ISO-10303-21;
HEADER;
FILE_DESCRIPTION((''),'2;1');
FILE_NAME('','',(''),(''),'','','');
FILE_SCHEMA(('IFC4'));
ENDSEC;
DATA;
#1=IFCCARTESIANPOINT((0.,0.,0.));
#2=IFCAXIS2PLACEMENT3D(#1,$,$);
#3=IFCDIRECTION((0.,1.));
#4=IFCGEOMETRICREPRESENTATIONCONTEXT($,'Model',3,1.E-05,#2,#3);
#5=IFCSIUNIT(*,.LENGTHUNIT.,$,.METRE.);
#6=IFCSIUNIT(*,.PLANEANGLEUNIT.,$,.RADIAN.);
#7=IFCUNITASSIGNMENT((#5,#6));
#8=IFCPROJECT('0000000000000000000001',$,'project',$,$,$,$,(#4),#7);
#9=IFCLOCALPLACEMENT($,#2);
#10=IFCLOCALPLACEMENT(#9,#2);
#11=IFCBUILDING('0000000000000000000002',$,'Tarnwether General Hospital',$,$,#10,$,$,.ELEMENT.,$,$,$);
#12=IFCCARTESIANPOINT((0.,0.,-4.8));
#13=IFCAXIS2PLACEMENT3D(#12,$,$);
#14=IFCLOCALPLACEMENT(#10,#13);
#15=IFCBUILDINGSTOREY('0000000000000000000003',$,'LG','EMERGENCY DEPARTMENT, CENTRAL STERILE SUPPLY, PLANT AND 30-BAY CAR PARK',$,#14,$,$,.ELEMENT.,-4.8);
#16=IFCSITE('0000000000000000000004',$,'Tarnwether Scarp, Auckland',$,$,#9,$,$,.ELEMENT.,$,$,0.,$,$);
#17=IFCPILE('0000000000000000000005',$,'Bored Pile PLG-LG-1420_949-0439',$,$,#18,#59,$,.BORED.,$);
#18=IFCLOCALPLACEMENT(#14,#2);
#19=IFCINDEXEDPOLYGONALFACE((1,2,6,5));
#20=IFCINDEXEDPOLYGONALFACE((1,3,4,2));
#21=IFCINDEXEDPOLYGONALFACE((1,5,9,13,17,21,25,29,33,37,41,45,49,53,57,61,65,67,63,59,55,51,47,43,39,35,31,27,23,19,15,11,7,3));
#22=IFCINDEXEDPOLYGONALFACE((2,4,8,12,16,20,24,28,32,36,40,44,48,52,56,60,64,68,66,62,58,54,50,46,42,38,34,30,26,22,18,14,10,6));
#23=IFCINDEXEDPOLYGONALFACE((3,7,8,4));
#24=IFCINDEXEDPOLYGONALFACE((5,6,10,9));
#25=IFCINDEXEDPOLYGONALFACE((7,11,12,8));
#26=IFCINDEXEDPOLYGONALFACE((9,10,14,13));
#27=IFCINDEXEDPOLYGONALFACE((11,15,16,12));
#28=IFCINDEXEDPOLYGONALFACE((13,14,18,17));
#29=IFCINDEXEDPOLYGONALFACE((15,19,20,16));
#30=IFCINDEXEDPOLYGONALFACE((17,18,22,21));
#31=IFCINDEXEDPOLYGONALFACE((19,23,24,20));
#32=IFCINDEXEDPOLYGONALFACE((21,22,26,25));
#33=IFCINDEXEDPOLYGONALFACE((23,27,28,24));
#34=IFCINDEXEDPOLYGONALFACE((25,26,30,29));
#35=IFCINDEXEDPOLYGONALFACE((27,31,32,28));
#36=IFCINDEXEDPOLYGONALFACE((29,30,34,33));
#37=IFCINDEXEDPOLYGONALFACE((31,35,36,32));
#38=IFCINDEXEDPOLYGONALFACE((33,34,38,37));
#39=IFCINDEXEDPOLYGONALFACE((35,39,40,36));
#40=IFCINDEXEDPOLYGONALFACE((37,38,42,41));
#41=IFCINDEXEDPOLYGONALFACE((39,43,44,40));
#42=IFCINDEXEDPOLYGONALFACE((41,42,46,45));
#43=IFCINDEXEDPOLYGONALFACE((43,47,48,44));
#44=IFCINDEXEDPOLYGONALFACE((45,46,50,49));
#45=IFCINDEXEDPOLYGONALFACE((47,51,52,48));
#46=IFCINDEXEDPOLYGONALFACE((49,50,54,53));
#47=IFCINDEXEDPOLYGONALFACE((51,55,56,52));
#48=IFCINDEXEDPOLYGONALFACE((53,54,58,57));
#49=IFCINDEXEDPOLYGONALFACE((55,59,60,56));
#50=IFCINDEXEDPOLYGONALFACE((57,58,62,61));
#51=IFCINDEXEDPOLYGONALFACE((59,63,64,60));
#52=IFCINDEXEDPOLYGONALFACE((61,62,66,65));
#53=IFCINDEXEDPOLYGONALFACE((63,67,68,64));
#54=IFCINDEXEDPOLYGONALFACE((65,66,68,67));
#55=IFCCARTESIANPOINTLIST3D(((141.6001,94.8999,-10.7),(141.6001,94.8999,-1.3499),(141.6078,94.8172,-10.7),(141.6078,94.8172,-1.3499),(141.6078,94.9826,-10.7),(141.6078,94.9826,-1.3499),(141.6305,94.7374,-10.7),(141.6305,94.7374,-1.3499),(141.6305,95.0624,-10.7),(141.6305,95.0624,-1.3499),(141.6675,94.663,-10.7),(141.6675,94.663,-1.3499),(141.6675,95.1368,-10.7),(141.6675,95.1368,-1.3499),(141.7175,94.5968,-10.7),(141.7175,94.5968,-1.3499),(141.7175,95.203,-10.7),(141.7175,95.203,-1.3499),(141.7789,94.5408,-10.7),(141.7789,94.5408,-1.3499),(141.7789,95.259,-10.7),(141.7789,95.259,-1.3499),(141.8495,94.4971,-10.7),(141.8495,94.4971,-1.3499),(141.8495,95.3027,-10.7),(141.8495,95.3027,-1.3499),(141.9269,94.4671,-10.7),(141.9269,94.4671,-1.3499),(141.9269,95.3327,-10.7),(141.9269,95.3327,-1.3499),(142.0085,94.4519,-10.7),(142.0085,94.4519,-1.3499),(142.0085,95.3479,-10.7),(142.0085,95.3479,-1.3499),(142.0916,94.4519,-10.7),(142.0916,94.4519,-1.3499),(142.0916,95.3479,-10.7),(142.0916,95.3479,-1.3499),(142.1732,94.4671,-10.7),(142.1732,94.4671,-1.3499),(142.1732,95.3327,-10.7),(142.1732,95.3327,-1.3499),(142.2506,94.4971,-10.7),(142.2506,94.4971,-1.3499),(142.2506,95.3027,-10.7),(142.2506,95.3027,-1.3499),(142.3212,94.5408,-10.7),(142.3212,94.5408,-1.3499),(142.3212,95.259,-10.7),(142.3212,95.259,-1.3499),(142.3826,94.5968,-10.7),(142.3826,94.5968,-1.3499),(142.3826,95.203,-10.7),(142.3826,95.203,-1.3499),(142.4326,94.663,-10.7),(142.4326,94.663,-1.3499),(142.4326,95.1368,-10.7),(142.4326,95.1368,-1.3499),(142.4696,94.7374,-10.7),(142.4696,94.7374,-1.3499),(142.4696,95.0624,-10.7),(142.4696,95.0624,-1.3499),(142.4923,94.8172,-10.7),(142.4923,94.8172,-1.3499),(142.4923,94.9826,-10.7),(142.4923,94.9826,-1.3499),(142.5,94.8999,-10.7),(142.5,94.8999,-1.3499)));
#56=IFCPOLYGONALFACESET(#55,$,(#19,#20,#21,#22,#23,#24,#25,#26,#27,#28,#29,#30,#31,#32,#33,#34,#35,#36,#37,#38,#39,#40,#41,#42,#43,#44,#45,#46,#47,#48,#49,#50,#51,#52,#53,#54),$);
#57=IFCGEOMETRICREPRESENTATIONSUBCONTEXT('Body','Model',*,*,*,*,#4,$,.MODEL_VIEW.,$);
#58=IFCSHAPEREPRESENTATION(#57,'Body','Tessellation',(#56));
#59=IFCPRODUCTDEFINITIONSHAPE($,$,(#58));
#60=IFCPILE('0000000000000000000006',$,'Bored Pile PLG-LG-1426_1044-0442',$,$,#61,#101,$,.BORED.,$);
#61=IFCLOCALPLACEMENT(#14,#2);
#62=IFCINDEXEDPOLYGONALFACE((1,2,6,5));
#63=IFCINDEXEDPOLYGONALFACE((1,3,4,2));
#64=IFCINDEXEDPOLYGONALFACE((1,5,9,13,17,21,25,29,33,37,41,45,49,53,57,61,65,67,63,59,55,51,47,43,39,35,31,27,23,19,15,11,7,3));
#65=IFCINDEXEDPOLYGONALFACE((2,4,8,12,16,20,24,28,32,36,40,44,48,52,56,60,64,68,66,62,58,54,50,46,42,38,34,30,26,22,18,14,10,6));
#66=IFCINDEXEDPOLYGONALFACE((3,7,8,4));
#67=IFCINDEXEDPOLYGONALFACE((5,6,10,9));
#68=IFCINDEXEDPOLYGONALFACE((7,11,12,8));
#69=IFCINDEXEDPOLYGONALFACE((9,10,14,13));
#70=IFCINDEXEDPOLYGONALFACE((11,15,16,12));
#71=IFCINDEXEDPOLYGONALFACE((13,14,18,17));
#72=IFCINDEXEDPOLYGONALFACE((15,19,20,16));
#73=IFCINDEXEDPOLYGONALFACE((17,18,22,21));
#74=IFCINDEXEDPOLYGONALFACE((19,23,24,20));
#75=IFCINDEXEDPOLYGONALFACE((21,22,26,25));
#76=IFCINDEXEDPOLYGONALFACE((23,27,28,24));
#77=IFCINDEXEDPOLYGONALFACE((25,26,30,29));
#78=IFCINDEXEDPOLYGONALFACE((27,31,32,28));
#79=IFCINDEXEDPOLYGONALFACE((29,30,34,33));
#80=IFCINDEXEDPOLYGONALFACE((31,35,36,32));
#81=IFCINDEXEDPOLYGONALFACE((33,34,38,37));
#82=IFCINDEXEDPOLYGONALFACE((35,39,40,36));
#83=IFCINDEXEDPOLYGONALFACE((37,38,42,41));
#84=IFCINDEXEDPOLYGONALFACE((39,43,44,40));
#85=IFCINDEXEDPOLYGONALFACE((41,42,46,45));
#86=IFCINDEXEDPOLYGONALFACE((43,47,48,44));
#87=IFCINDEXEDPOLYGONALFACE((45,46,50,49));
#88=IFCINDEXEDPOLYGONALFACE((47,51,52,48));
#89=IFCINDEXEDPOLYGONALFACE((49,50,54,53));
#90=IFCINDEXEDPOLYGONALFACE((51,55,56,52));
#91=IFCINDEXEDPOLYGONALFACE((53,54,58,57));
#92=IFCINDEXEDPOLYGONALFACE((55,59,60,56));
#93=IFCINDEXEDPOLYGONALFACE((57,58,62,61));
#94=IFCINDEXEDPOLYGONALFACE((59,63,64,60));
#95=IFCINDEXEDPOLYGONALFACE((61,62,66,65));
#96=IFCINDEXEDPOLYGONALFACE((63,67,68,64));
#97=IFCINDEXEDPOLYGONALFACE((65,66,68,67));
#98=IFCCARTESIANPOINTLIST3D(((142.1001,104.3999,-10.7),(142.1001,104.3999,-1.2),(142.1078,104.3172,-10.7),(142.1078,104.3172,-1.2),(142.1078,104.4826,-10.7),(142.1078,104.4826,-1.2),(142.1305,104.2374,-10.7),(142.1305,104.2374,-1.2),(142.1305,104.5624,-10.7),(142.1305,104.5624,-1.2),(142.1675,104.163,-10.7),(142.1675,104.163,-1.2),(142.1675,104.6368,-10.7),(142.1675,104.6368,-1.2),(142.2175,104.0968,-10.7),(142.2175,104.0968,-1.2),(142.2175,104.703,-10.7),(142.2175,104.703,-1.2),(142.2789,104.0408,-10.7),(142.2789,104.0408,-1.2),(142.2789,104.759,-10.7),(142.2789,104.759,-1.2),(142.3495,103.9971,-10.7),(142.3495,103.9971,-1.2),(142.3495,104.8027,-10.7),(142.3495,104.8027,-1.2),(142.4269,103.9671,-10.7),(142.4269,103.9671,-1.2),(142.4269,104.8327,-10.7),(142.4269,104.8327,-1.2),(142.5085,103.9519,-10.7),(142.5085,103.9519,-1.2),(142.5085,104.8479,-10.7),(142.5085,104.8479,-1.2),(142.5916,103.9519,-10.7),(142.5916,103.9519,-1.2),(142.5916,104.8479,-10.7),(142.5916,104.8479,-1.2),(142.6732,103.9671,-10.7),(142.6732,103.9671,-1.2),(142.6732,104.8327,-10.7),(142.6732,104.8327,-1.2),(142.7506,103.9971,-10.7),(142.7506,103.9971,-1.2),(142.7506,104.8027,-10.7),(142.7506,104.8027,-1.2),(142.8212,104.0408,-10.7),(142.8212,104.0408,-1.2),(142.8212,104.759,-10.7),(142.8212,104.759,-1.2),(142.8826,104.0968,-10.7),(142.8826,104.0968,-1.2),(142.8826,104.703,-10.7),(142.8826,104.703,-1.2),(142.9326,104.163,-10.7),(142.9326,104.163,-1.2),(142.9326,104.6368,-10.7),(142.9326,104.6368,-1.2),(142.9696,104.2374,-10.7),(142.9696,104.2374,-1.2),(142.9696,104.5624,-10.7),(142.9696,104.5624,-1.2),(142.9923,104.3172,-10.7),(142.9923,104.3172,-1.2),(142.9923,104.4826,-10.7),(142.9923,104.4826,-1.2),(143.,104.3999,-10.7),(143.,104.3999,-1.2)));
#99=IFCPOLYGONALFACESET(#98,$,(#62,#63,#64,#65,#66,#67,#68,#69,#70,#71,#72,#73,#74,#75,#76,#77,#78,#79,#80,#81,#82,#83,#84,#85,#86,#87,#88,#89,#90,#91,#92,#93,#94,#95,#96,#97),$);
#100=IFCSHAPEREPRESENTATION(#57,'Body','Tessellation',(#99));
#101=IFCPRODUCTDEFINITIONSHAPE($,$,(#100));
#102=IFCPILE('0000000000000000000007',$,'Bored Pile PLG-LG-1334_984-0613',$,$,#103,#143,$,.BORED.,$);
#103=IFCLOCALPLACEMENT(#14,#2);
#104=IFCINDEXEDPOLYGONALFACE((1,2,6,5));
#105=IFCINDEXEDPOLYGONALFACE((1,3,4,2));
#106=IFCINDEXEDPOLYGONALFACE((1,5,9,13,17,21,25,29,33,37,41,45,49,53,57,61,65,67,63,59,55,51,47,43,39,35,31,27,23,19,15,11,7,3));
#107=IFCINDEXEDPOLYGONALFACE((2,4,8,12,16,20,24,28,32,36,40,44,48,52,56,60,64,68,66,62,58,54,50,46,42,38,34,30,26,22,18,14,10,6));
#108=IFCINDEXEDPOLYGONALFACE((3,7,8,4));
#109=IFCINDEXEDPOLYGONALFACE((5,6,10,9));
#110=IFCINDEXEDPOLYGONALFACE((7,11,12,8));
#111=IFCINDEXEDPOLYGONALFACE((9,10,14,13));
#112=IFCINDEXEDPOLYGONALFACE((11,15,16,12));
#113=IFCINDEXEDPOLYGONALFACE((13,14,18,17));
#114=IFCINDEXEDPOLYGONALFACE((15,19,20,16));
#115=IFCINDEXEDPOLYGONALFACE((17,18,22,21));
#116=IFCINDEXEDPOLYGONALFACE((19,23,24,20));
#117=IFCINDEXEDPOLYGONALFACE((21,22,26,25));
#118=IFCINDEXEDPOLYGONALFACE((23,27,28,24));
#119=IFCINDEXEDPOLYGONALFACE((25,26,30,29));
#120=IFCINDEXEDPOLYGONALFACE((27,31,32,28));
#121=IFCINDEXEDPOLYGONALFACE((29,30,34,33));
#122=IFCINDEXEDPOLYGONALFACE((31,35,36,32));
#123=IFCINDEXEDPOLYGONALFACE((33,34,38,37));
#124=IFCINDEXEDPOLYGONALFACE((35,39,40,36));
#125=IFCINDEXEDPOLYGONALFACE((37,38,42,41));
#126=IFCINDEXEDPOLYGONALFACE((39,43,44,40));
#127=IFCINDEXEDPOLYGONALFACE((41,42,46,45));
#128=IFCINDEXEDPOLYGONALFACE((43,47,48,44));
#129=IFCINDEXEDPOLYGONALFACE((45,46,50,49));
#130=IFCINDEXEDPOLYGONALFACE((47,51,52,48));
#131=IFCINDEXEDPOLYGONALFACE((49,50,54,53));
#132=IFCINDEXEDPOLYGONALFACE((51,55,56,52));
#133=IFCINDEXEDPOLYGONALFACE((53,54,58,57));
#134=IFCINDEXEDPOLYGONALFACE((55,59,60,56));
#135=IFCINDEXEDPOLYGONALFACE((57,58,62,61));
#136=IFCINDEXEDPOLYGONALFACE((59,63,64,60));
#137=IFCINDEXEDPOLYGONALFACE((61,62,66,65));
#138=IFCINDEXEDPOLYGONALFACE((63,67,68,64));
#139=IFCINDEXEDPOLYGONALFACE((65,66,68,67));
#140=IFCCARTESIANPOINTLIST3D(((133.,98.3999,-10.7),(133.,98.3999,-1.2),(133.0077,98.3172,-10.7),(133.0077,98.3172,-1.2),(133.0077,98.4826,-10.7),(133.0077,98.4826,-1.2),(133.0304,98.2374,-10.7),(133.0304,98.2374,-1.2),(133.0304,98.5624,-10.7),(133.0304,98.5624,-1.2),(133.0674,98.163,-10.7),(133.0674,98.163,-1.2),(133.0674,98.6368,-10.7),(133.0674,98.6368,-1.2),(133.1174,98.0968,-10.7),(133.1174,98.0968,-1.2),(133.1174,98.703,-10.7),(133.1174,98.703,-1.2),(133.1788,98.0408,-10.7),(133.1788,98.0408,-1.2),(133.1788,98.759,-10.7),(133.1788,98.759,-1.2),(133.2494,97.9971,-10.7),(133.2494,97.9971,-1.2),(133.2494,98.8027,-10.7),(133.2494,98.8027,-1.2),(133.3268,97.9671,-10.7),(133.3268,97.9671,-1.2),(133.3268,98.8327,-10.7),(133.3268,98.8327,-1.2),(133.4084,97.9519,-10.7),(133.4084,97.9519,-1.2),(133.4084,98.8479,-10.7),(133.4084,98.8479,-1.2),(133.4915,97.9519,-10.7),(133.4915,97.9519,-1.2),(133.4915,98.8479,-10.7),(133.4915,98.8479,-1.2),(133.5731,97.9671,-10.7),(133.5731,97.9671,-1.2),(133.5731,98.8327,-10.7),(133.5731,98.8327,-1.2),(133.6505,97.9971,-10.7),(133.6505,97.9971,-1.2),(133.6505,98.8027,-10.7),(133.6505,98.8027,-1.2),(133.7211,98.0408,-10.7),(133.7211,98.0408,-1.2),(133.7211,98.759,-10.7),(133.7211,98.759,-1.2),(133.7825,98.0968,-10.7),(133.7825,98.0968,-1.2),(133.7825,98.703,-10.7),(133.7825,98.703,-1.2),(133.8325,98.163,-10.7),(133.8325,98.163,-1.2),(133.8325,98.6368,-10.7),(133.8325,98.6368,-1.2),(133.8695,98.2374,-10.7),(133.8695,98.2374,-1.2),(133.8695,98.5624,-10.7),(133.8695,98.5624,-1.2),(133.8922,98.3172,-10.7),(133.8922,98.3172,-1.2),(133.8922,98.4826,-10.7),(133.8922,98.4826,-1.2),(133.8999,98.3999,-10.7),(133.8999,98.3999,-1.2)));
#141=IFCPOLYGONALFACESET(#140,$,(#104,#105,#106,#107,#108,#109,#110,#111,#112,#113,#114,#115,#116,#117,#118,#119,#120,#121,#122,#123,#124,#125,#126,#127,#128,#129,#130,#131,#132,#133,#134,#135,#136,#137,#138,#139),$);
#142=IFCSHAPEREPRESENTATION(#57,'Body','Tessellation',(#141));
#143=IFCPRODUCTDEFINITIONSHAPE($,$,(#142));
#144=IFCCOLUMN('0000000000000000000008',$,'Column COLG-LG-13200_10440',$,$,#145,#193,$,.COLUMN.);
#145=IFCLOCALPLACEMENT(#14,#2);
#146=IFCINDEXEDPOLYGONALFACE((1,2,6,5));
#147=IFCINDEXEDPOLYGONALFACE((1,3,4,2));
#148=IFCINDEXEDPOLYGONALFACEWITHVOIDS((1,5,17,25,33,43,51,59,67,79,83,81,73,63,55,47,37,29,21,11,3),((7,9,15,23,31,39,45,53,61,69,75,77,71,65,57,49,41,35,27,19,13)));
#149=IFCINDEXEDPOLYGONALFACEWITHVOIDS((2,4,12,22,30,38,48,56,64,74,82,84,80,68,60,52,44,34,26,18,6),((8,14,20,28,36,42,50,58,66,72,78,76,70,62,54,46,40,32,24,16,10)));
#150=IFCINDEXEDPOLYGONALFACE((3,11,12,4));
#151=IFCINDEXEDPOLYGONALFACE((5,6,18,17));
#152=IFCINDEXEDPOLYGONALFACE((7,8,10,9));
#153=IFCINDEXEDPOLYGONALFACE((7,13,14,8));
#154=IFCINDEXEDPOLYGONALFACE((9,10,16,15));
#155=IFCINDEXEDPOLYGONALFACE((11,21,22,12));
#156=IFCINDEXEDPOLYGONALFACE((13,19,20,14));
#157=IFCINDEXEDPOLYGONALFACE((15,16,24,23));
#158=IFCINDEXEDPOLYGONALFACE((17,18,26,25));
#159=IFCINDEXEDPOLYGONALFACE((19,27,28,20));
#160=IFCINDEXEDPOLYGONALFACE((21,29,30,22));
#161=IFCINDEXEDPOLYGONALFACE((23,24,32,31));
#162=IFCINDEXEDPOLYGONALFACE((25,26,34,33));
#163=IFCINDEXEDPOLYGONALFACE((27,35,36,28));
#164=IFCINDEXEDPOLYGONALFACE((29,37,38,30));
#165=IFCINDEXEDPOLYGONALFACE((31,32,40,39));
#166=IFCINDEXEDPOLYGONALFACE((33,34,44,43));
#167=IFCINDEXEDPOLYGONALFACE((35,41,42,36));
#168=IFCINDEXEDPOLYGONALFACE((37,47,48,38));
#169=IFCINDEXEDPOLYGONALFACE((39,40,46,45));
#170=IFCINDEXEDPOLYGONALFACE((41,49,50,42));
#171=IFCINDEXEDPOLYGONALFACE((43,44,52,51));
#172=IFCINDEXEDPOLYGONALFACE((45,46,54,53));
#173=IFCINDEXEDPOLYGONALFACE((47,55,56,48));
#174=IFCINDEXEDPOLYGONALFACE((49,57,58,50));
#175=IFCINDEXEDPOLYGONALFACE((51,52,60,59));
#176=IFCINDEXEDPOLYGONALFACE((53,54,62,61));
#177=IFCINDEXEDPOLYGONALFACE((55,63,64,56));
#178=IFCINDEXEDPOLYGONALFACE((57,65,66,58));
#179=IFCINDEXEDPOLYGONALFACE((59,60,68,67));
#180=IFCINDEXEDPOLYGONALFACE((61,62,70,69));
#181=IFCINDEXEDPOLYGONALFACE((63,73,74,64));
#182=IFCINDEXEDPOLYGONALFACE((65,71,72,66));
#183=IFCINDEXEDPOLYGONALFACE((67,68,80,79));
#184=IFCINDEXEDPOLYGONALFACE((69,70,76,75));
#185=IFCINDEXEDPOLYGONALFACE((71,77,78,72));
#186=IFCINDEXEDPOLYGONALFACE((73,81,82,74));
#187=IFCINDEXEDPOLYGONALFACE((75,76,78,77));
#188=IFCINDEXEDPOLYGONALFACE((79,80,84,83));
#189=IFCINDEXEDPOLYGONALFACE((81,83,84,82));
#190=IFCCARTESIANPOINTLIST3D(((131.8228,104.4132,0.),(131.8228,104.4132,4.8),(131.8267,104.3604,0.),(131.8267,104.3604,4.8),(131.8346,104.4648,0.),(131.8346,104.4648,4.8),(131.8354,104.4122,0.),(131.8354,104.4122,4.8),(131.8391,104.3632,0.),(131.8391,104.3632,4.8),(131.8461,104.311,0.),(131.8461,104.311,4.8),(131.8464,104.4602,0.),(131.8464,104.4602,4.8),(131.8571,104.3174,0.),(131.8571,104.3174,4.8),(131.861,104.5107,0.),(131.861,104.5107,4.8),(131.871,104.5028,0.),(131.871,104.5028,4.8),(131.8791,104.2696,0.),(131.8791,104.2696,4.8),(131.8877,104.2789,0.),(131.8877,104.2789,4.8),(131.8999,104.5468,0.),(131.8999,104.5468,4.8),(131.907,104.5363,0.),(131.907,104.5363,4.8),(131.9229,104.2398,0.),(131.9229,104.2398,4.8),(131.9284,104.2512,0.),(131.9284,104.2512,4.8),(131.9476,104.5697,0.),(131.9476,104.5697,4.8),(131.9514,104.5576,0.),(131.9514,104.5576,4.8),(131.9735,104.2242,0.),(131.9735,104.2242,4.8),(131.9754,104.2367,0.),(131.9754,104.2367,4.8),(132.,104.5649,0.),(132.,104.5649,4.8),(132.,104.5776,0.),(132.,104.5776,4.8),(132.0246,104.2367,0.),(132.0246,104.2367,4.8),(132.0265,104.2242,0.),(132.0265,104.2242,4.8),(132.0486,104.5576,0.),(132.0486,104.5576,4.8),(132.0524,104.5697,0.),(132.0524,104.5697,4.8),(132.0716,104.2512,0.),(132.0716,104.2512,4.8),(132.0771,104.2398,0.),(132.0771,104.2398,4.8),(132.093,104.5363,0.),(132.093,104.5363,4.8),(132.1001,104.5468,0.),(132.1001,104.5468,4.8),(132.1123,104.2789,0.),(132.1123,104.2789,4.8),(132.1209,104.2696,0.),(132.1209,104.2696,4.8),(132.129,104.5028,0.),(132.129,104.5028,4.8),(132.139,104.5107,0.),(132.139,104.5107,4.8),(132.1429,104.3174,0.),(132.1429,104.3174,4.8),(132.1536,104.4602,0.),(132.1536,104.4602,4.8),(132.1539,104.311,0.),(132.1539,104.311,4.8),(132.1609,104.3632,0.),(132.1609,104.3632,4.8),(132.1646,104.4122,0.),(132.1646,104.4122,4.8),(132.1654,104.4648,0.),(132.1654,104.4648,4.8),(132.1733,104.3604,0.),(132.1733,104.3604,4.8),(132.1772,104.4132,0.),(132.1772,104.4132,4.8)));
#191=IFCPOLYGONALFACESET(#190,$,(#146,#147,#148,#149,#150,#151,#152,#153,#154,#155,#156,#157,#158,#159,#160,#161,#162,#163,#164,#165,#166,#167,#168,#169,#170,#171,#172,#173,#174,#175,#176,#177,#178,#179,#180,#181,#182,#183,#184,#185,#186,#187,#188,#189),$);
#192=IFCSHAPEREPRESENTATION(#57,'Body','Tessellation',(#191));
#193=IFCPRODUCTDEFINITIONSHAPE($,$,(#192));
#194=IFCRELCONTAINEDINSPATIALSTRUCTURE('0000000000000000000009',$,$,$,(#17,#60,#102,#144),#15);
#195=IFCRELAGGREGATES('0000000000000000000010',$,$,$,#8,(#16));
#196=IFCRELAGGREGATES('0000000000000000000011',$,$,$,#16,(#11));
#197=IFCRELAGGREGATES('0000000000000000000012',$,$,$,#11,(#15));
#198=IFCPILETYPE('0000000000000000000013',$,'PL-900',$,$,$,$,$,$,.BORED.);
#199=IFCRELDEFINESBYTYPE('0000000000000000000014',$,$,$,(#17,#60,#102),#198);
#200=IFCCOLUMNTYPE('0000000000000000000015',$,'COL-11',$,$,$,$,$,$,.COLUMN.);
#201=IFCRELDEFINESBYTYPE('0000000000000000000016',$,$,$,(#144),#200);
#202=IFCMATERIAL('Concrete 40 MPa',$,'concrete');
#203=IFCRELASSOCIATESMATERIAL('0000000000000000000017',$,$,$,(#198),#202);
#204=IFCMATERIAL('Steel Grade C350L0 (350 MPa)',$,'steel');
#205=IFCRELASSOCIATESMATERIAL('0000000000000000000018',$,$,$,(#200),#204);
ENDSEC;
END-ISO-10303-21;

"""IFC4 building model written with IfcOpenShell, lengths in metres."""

from ifc_helpers import new_model, si_unit, direction, frame, origin, origin_2d, place, context, subcontext, project, spatial, circle, hollow_circle, extrude, material, material_profile, profile_set, type_object, element, save


model = new_model("IFC4")

# Units and contexts
model_context = context("Model", 3, precision=1e-05, world=origin(), true_north=direction((0.0, 1.0)))
body_context = subcontext(model_context, "Body", "Model", "MODEL_VIEW")
ifc_project = project(units=[si_unit("LENGTHUNIT", "METRE"), si_unit("PLANEANGLEUNIT", "RADIAN")], contexts=[model_context])

# Site, building, storey
site_placement = place(None, origin())
site = spatial("IfcSite", under=ifc_project, at=site_placement, Name="Tarnwether Scarp, Auckland", CompositionType="ELEMENT", RefElevation=0.0)
building_placement = place(site_placement, origin())
building = spatial("IfcBuilding", under=site, at=building_placement, Name="Tarnwether General Hospital", CompositionType="ELEMENT")
storey_placement = place(building_placement, frame((0.0, 0.0, -4.8)))
storey = spatial("IfcBuildingStorey", under=building, at=storey_placement, Name="LG", Description="EMERGENCY DEPARTMENT, CENTRAL STERILE SUPPLY, PLANT AND 30-BAY CAR PARK", CompositionType="ELEMENT", Elevation=-4.8)

# Piles
ifc_material_1 = material(Name="Concrete 40 MPa", Category="concrete")
ifc_material_profile_1 = material_profile(ifc_material_1, circle(Radius=0.45, at=origin_2d()), Name="PILE-D900")
ifc_profile_set_1 = profile_set([ifc_material_profile_1], Name="Concrete 40 MPa")
pile_type_1 = type_object("IfcPileType", Name="PL-900", PredefinedType="BORED", material=ifc_profile_set_1)
for number, where, z_axis, x_axis, name in (
    (1, (142.05, 94.8999, -1.3499), (0.0, 0.0, -1.0), (1.0, 0.0, 0.0), "Bored Pile PLG-LG-1420_949-0439"),
):
    element("IfcPile", number, at=place(storey_placement, frame(where, z_axis=z_axis, x_axis=x_axis)), inside=storey, type_object=pile_type_1, Name=name, PredefinedType="BORED", context=body_context, shape_type="SweptSolid", body=[
        extrude(circle(Radius=0.45, at=origin_2d()), origin(), (0.0, 0.0, 1.0), 9.3501),
    ])
for number, where, z_axis, x_axis, name in (
    (2, (142.55, 104.3999, -1.2), (0.0, 0.0, -1.0), (1.0, 0.0, 0.0), "Bored Pile PLG-LG-1426_1044-0442"),
    (3, (133.45, 98.3999, -1.2), (0.0, 0.0, -1.0), (1.0, 0.0, 0.0), "Bored Pile PLG-LG-1334_984-0613"),
):
    element("IfcPile", number, at=place(storey_placement, frame(where, z_axis=z_axis, x_axis=x_axis)), inside=storey, type_object=pile_type_1, Name=name, PredefinedType="BORED", context=body_context, shape_type="SweptSolid", body=[
        extrude(circle(Radius=0.45, at=origin_2d()), origin(), (0.0, 0.0, 1.0), 9.5),
    ])

# Column
ifc_material_2 = material(Name="Steel Grade C350L0 (350 MPa)", Category="steel")
ifc_material_profile_2 = material_profile(ifc_material_2, hollow_circle(Radius=0.1777, WallThickness=0.0127, at=origin_2d()), Name="CHS355.6x12.7")
ifc_profile_set_2 = profile_set([ifc_material_profile_2], Name="Steel Grade C350L0 (350 MPa)")
column_type_1 = type_object("IfcColumnType", Name="COL-11", PredefinedType="COLUMN", material=ifc_profile_set_2)
column_1_placement = place(storey_placement, frame((132.0, 104.3999, 0.0), z_axis=(0.0, 0.0, 1.0), x_axis=(0.0, 1.0, 0.0)))
element("IfcColumn", 4, at=column_1_placement, inside=storey, type_object=column_type_1, Name="Column COLG-LG-13200_10440", PredefinedType="COLUMN", context=body_context, shape_type="SweptSolid", body=[
    extrude(hollow_circle(Radius=0.1777, WallThickness=0.0127, at=origin_2d()), origin(), (0.0, 0.0, 1.0), 4.8),
])

save(model, "model.ifc")
